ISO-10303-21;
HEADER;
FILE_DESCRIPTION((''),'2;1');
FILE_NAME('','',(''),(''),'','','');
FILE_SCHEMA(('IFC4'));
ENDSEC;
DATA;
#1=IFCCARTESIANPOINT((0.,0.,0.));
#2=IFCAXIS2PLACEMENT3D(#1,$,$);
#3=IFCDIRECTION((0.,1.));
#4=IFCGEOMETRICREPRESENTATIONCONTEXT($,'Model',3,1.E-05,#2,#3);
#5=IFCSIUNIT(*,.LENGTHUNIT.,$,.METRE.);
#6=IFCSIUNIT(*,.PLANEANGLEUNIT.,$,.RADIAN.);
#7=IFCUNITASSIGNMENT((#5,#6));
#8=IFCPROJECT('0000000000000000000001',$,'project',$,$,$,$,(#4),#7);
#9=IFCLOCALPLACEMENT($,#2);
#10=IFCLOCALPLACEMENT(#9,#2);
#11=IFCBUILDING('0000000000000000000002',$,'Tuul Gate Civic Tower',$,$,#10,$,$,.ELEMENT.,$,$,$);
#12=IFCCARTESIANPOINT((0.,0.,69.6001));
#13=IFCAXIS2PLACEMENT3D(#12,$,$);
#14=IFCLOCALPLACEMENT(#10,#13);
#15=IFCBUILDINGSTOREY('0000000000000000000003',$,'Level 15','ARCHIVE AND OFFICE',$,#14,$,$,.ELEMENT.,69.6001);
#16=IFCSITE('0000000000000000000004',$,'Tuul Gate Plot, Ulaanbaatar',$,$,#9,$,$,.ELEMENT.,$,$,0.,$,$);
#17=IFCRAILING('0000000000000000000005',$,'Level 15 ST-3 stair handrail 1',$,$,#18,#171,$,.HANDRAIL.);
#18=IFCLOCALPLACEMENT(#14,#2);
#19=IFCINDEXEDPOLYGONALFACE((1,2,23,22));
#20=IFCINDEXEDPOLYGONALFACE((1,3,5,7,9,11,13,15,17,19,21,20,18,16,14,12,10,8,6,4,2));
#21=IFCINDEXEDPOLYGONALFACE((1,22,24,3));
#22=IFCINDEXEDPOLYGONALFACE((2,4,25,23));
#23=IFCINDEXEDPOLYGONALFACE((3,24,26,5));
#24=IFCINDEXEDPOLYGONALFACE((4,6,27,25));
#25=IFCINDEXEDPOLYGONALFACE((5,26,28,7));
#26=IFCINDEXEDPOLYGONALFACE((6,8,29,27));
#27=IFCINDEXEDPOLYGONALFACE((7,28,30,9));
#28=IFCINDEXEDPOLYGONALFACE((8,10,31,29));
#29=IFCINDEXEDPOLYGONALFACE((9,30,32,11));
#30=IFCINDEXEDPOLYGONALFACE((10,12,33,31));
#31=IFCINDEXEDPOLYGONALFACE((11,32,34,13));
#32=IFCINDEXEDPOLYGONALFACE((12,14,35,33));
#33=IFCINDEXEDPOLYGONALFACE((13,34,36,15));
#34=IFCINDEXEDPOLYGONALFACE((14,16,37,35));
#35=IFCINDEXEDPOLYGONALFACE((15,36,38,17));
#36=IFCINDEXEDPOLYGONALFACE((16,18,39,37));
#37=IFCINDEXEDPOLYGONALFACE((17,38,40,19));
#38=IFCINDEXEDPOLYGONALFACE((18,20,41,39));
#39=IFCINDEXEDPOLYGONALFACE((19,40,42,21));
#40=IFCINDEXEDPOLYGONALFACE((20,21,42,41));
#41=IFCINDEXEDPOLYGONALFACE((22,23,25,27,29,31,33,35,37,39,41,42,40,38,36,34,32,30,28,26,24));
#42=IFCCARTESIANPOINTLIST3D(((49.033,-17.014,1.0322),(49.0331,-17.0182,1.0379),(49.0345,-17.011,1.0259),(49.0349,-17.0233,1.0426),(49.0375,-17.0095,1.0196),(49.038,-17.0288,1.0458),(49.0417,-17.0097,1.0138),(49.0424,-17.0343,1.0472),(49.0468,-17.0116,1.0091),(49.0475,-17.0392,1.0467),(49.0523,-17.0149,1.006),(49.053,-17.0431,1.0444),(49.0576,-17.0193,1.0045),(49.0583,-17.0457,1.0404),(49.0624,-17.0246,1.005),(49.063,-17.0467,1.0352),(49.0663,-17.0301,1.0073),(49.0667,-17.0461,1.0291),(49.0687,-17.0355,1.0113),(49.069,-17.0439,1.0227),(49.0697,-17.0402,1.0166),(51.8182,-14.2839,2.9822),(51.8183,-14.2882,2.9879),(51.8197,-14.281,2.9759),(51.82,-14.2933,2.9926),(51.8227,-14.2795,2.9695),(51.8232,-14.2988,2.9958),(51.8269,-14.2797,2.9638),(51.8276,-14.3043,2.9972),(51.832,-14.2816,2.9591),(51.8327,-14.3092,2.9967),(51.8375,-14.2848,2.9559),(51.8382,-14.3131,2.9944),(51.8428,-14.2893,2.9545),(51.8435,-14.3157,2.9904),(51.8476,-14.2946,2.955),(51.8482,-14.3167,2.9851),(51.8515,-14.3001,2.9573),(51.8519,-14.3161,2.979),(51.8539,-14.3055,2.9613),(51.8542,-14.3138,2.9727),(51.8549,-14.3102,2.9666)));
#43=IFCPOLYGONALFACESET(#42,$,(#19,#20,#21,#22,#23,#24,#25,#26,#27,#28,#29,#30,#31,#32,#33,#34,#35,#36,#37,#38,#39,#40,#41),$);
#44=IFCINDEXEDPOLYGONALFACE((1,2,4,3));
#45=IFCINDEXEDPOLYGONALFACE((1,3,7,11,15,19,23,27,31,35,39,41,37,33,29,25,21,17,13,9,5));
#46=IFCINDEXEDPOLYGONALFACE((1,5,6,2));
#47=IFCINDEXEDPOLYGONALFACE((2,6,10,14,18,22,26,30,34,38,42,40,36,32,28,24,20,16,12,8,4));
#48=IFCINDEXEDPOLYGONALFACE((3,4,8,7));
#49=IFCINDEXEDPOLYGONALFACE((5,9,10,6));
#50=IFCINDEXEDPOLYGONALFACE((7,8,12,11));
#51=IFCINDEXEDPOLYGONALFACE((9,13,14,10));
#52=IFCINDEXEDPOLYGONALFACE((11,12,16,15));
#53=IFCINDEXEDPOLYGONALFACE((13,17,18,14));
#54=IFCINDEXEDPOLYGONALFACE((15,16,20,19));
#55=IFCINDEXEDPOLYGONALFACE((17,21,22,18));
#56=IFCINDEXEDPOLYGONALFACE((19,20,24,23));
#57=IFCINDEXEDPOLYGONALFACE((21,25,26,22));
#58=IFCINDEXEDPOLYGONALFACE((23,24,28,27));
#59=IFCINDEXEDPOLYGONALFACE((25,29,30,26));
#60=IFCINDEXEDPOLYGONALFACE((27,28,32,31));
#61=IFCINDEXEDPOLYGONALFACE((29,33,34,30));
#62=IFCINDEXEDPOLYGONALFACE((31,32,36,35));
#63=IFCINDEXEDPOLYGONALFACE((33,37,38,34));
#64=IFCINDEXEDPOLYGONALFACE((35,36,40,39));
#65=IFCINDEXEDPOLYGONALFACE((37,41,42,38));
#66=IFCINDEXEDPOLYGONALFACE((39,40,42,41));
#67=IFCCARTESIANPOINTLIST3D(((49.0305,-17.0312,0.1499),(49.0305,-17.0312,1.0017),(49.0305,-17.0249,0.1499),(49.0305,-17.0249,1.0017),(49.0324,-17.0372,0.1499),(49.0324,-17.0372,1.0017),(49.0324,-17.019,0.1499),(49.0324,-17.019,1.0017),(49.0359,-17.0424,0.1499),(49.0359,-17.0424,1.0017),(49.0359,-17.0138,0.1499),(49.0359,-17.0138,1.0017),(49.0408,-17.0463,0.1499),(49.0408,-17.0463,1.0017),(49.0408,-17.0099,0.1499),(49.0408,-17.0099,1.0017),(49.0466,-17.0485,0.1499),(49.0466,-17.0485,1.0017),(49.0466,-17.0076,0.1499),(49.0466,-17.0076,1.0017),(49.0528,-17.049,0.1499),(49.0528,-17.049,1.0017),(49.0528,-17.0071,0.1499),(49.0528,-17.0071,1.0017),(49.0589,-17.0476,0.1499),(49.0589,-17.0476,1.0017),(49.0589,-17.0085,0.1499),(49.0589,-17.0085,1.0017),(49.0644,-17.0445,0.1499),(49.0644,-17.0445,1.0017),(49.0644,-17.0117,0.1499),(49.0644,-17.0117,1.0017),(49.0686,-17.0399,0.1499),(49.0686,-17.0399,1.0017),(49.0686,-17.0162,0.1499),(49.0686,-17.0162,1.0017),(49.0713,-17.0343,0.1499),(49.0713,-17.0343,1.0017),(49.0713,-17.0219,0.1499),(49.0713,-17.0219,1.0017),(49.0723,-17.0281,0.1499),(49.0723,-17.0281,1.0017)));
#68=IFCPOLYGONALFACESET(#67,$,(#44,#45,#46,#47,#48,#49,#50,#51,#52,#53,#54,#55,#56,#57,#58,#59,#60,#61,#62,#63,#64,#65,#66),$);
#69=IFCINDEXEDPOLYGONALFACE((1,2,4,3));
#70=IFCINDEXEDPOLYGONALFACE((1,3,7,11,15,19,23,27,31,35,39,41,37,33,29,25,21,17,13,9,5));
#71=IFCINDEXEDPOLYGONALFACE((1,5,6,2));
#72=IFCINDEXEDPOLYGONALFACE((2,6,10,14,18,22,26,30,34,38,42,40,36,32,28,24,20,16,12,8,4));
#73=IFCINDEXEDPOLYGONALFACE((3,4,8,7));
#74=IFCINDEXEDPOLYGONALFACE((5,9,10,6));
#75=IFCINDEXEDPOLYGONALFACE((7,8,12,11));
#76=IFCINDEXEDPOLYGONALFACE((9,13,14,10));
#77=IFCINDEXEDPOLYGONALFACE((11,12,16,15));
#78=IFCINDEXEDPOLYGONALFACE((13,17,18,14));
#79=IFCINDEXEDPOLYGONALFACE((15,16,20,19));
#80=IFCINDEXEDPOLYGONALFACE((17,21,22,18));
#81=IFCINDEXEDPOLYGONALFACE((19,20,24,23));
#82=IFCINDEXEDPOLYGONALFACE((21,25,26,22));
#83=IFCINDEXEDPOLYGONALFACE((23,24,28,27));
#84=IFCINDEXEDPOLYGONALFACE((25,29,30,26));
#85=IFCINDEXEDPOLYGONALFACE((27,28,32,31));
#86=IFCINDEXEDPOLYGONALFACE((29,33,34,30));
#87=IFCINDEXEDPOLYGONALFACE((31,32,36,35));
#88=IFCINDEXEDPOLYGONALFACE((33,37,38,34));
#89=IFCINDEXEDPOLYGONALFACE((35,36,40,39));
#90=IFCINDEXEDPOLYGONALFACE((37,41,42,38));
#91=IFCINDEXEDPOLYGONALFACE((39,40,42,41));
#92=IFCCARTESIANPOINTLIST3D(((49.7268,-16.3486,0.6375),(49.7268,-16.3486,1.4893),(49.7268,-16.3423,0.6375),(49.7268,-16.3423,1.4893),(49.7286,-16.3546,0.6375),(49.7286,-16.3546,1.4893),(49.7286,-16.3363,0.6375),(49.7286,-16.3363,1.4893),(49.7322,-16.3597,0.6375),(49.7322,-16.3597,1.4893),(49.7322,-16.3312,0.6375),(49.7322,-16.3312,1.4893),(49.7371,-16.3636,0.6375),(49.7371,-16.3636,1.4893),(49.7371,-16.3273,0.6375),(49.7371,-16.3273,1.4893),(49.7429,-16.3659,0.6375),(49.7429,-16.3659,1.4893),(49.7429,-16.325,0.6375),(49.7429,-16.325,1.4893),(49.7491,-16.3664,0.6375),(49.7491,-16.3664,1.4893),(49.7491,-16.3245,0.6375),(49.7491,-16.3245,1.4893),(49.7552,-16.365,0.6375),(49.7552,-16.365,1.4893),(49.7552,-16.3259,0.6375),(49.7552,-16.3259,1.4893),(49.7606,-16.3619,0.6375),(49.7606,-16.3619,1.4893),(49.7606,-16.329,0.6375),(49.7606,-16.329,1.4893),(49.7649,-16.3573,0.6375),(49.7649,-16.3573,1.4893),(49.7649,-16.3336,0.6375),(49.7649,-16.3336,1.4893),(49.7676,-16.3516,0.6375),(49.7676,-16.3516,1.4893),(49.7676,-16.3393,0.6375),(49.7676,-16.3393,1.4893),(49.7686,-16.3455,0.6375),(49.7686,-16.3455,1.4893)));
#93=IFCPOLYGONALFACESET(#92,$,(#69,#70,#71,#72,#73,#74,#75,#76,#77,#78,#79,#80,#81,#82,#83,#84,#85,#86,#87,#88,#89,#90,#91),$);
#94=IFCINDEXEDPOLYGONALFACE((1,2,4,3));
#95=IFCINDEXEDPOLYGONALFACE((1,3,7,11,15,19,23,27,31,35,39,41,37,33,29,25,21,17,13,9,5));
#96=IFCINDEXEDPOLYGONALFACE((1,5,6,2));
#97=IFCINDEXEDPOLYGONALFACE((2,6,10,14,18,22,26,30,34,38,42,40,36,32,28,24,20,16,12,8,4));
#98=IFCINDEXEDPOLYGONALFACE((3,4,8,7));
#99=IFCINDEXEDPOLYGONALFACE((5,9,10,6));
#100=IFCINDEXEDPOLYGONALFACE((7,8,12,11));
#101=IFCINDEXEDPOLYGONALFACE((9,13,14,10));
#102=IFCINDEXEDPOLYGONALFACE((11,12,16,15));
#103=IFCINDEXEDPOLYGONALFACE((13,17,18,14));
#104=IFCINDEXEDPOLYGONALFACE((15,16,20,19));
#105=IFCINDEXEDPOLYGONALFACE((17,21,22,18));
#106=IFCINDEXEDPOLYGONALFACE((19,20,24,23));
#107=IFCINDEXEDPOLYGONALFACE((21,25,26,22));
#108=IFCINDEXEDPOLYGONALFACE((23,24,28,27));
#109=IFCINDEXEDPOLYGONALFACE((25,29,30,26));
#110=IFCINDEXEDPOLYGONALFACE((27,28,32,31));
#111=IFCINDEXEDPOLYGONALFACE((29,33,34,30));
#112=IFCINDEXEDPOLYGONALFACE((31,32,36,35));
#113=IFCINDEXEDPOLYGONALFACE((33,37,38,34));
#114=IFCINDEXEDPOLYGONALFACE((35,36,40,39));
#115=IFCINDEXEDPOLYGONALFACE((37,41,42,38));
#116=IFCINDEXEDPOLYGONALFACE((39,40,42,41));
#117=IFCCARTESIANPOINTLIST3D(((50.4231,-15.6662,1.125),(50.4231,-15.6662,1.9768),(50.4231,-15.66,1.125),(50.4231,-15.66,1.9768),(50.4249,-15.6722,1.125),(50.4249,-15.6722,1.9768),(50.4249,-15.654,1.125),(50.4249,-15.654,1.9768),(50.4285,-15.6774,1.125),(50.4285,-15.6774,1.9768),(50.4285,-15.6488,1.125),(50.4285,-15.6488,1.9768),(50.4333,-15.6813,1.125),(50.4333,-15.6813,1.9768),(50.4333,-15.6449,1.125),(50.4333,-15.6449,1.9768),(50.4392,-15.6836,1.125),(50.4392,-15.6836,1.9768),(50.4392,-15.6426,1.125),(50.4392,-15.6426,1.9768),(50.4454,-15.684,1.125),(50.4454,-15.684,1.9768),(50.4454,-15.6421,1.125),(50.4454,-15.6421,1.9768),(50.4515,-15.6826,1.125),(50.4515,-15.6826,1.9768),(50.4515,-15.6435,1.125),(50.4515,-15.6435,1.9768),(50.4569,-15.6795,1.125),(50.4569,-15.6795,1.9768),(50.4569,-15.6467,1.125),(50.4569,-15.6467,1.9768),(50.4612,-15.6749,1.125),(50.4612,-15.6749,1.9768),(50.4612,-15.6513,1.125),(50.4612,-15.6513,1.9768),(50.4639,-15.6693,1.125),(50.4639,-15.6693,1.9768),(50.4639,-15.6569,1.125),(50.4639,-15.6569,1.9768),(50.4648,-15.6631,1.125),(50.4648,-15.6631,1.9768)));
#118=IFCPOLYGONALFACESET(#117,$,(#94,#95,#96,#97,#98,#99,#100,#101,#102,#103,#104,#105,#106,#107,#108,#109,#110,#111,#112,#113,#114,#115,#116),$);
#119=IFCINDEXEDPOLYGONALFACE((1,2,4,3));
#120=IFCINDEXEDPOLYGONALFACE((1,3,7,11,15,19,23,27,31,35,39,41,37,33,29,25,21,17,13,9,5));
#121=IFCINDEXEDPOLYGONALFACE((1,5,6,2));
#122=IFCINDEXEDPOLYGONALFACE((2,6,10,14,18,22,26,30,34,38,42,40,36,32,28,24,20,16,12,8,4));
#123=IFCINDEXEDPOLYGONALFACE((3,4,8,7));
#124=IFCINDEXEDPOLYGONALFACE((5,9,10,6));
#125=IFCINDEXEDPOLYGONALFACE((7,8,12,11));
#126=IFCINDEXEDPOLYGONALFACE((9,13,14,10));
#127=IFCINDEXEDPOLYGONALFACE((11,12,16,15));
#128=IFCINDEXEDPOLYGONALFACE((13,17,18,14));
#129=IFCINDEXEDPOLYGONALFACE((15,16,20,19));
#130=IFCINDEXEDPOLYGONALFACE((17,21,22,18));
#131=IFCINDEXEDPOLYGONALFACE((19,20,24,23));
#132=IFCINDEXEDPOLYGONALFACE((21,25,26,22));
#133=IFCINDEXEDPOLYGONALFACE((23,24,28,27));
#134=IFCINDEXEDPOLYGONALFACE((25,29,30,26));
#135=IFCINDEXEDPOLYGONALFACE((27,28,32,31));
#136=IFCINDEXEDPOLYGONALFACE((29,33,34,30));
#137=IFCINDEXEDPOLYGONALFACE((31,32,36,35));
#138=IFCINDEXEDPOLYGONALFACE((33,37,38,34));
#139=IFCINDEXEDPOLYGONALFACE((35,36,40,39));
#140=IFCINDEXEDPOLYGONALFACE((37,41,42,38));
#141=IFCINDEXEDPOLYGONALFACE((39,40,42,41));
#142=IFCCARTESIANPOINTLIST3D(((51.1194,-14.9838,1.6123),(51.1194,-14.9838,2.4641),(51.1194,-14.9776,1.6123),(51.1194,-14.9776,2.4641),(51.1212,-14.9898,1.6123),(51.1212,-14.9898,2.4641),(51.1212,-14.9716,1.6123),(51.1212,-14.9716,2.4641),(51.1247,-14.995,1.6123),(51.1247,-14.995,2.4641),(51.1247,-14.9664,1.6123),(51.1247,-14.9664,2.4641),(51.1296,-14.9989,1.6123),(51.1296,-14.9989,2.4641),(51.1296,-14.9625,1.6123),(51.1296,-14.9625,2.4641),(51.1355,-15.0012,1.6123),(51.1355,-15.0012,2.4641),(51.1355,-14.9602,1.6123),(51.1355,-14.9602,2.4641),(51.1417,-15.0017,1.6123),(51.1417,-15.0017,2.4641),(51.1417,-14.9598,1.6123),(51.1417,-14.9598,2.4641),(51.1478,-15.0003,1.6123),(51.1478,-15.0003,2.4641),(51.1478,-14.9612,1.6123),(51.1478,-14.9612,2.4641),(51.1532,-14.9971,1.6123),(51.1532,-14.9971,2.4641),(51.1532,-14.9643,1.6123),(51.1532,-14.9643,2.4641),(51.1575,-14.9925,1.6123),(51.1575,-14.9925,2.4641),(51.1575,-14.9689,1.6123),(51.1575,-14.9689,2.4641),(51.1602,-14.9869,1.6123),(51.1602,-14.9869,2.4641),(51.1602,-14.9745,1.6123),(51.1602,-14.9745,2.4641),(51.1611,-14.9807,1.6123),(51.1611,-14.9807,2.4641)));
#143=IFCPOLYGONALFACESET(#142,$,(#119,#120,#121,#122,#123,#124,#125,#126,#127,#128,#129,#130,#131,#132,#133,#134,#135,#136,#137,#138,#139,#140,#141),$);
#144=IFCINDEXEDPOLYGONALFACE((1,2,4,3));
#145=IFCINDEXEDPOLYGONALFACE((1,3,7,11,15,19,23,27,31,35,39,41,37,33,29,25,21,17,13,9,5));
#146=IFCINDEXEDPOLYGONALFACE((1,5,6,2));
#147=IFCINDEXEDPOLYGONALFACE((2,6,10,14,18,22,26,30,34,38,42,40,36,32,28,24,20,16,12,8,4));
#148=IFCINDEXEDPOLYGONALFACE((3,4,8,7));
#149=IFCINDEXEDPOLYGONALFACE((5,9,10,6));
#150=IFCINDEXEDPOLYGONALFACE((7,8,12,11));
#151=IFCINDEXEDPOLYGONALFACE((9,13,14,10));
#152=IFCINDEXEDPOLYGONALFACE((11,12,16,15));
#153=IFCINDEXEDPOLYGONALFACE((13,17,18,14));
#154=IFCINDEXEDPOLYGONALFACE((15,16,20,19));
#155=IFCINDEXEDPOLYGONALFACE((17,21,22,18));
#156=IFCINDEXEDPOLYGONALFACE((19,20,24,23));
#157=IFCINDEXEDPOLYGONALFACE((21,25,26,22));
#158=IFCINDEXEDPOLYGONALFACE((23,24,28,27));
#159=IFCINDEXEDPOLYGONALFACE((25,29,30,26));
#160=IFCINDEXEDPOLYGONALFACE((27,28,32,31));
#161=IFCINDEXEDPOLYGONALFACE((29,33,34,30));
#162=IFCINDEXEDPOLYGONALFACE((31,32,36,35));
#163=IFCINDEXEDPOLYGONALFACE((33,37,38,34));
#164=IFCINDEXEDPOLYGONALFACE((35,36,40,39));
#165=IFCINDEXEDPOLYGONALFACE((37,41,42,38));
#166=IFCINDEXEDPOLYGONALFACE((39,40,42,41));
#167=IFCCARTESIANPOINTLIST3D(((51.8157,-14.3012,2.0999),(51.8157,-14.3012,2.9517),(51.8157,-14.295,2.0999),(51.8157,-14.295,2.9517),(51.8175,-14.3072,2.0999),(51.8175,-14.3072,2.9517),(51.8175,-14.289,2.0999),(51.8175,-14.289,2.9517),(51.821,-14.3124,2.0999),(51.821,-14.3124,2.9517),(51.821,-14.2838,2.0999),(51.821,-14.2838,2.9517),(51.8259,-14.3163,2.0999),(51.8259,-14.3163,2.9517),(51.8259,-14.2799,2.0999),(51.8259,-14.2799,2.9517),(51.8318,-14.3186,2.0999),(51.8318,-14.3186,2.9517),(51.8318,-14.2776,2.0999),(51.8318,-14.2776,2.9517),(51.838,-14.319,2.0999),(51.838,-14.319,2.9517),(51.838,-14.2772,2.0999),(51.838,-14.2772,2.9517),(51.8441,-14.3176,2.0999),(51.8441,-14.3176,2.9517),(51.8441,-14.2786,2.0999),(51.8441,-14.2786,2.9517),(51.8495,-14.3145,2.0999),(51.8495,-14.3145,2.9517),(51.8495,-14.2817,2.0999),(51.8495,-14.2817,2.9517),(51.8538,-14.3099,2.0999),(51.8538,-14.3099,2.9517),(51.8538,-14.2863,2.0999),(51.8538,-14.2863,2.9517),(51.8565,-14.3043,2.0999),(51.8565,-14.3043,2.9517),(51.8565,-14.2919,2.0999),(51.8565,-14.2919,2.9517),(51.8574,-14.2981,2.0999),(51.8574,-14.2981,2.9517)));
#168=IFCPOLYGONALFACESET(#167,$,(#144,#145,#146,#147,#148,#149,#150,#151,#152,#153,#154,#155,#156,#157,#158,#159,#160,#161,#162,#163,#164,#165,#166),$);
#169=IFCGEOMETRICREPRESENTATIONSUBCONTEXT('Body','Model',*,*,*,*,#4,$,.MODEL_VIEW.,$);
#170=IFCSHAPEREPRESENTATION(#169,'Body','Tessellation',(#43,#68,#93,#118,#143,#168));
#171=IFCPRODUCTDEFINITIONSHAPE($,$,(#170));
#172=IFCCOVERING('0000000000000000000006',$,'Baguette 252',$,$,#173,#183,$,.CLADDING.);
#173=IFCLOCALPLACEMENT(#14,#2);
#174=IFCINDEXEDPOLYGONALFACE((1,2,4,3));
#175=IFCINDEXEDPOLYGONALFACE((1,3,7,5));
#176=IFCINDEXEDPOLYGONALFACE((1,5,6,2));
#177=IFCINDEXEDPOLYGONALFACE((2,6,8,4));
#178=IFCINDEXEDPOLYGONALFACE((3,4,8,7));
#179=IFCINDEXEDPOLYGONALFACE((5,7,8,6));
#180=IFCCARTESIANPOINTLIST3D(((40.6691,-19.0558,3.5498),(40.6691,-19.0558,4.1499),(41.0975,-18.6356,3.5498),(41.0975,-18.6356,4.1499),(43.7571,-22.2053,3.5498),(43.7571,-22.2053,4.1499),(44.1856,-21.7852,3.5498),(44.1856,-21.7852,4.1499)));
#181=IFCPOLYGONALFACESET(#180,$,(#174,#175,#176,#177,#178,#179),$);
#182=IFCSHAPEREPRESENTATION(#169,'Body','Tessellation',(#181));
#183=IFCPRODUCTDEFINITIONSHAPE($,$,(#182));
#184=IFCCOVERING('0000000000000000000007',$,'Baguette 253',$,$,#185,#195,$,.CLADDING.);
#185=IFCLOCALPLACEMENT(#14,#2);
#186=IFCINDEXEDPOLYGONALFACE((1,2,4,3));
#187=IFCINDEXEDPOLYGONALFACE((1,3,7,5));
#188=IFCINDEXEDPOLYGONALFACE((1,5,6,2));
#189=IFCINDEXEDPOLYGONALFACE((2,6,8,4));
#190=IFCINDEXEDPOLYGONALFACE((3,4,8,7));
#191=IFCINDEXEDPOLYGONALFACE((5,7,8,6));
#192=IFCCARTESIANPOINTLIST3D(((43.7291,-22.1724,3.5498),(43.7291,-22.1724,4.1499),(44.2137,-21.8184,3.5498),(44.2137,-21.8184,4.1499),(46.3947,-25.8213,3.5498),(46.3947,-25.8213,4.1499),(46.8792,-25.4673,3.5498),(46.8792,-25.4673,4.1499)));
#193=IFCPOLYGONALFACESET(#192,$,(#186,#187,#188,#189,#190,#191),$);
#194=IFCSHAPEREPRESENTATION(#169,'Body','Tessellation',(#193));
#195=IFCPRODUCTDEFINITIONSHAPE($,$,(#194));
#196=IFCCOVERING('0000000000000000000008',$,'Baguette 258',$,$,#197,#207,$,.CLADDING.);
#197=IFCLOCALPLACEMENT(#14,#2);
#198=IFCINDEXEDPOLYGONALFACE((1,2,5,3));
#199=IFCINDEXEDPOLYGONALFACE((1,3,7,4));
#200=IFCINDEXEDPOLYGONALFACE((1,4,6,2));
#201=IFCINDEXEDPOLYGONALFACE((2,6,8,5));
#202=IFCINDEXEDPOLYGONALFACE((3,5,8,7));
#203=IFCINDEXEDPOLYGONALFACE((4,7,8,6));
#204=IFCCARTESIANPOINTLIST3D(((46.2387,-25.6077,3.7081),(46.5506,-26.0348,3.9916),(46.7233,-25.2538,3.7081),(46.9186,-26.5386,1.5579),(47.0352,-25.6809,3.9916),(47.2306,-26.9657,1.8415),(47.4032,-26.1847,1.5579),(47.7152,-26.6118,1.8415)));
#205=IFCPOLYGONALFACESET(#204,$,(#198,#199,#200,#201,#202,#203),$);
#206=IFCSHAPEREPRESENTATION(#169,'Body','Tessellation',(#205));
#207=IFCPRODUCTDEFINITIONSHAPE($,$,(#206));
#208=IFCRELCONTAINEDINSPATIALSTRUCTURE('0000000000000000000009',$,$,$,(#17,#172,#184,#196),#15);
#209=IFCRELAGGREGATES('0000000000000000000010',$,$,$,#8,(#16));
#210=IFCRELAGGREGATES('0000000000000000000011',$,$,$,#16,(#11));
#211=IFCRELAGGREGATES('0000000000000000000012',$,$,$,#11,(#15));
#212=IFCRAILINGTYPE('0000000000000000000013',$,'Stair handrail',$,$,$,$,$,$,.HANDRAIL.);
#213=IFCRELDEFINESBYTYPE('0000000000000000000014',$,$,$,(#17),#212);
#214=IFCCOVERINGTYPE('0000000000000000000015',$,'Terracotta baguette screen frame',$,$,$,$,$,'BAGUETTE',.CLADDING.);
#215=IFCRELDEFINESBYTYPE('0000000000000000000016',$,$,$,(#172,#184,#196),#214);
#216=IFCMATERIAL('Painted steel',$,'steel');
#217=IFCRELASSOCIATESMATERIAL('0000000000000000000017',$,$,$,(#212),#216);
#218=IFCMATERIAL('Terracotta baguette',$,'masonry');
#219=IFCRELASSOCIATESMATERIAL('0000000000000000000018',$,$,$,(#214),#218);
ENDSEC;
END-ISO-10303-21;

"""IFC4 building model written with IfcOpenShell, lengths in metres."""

from ifc_helpers import new_model, si_unit, direction, frame, origin, origin_2d, place, context, subcontext, project, spatial, rectangle, circle, extrude, material, material_profile, profile_set, type_object, element, save


model = new_model("IFC4")

# Units and contexts
model_context = context("Model", 3, precision=1e-05, world=origin(), true_north=direction((0.0, 1.0)))
body_context = subcontext(model_context, "Body", "Model", "MODEL_VIEW")
ifc_project = project(units=[si_unit("LENGTHUNIT", "METRE"), si_unit("PLANEANGLEUNIT", "RADIAN")], contexts=[model_context])

# Site, building, storey
site_placement = place(None, origin())
site = spatial("IfcSite", under=ifc_project, at=site_placement, Name="Tuul Gate Plot, Ulaanbaatar", CompositionType="ELEMENT", RefElevation=0.0)
building_placement = place(site_placement, origin())
building = spatial("IfcBuilding", under=site, at=building_placement, Name="Tuul Gate Civic Tower", CompositionType="ELEMENT")
storey_placement = place(building_placement, frame((0.0, 0.0, 69.6001)))
storey = spatial("IfcBuildingStorey", under=building, at=storey_placement, Name="Level 15", Description="ARCHIVE AND OFFICE", CompositionType="ELEMENT", Elevation=69.6001)

# Railing
ifc_material_1 = material(Name="Painted steel", Category="steel")
railing_type_1 = type_object("IfcRailingType", Name="Stair handrail", PredefinedType="HANDRAIL", material=ifc_material_1)
railing_1_placement = place(storey_placement, frame((49.0513, -17.0281, 0.1499)))
element("IfcRailing", 1, at=railing_1_placement, inside=storey, type_object=railing_type_1, Name="Level 15 ST-3 stair handrail 1", PredefinedType="HANDRAIL", context=body_context, shape_type="SweptSolid", body=[
    extrude(circle(Radius=0.0239, at=origin_2d()), frame((0.0, 0.0, 0.876), z_axis=(0.638754, 0.6261, 0.447206), x_axis=(-0.699998, 0.714145, 0.0)), (0.0, 0.0, 1.0), 4.3604),
    extrude(circle(Radius=0.021, at=origin_2d()), origin(), (0.0, 0.0, 1.0), 0.8518),
    extrude(circle(Radius=0.021, at=origin_2d()), frame((0.6963, 0.6826, 0.4875)), (0.0, 0.0, 1.0), 0.8518),
    extrude(circle(Radius=0.021, at=origin_2d()), frame((1.3926, 1.365, 0.9751)), (0.0, 0.0, 1.0), 0.8518),
    extrude(circle(Radius=0.021, at=origin_2d()), frame((2.0889, 2.0474, 1.4624)), (0.0, 0.0, 1.0), 0.8518),
    extrude(circle(Radius=0.021, at=origin_2d()), frame((2.7852, 2.73, 1.95)), (0.0, 0.0, 1.0), 0.8518),
])

# Coverings
ifc_material_2 = material(Name="Terracotta baguette", Category="masonry")
ifc_material_profile_1 = material_profile(ifc_material_2, rectangle(XDim=0.6001, YDim=0.6001, at=origin_2d()), Name="Terracotta baguette screen frame")
ifc_profile_set_1 = profile_set([ifc_material_profile_1], Name="Terracotta baguette")
covering_type = type_object("IfcCoveringType", Name="Terracotta baguette screen frame", ElementType="BAGUETTE", PredefinedType="CLADDING", material=ifc_profile_set_1)
covering_1_placement = place(storey_placement, frame((40.8833, -18.8457, 3.8499), z_axis=(0.700099, -0.714046, 0.0), x_axis=(0.714046, 0.700099, 0.0)))
element("IfcCovering", 2, at=covering_1_placement, inside=storey, type_object=covering_type, Name="Baguette 252", PredefinedType="CLADDING", context=body_context, shape_type="SweptSolid", body=[
    extrude(rectangle(XDim=0.6001, YDim=0.6001, at=origin_2d()), origin(), (0.0, 0.0, 1.0), 4.4109),
])
covering_2_placement = place(storey_placement, frame((43.9714, -21.9954, 3.8499), z_axis=(0.589873, -0.807496, 0.0), x_axis=(0.807496, 0.589873, 0.0)))
element("IfcCovering", 3, at=covering_2_placement, inside=storey, type_object=covering_type, Name="Baguette 253", PredefinedType="CLADDING", context=body_context, shape_type="SweptSolid", body=[
    extrude(rectangle(XDim=0.6001, YDim=0.6001, at=origin_2d()), origin(), (0.0, 0.0, 1.0), 4.5188),
])
covering_3_placement = place(storey_placement, frame((46.637, -25.6443, 3.8499), z_axis=(0.278697, -0.38157, -0.881324), x_axis=(0.807535, 0.58982, 0.0)))
element("IfcCovering", 4, at=covering_3_placement, inside=storey, type_object=covering_type, Name="Baguette 258", PredefinedType="CLADDING", context=body_context, shape_type="SweptSolid", body=[
    extrude(rectangle(XDim=0.6001, YDim=0.6001, at=origin_2d()), origin(), (0.0, 0.0, 1.0), 2.4397),
])

save(model, "model.ifc")
